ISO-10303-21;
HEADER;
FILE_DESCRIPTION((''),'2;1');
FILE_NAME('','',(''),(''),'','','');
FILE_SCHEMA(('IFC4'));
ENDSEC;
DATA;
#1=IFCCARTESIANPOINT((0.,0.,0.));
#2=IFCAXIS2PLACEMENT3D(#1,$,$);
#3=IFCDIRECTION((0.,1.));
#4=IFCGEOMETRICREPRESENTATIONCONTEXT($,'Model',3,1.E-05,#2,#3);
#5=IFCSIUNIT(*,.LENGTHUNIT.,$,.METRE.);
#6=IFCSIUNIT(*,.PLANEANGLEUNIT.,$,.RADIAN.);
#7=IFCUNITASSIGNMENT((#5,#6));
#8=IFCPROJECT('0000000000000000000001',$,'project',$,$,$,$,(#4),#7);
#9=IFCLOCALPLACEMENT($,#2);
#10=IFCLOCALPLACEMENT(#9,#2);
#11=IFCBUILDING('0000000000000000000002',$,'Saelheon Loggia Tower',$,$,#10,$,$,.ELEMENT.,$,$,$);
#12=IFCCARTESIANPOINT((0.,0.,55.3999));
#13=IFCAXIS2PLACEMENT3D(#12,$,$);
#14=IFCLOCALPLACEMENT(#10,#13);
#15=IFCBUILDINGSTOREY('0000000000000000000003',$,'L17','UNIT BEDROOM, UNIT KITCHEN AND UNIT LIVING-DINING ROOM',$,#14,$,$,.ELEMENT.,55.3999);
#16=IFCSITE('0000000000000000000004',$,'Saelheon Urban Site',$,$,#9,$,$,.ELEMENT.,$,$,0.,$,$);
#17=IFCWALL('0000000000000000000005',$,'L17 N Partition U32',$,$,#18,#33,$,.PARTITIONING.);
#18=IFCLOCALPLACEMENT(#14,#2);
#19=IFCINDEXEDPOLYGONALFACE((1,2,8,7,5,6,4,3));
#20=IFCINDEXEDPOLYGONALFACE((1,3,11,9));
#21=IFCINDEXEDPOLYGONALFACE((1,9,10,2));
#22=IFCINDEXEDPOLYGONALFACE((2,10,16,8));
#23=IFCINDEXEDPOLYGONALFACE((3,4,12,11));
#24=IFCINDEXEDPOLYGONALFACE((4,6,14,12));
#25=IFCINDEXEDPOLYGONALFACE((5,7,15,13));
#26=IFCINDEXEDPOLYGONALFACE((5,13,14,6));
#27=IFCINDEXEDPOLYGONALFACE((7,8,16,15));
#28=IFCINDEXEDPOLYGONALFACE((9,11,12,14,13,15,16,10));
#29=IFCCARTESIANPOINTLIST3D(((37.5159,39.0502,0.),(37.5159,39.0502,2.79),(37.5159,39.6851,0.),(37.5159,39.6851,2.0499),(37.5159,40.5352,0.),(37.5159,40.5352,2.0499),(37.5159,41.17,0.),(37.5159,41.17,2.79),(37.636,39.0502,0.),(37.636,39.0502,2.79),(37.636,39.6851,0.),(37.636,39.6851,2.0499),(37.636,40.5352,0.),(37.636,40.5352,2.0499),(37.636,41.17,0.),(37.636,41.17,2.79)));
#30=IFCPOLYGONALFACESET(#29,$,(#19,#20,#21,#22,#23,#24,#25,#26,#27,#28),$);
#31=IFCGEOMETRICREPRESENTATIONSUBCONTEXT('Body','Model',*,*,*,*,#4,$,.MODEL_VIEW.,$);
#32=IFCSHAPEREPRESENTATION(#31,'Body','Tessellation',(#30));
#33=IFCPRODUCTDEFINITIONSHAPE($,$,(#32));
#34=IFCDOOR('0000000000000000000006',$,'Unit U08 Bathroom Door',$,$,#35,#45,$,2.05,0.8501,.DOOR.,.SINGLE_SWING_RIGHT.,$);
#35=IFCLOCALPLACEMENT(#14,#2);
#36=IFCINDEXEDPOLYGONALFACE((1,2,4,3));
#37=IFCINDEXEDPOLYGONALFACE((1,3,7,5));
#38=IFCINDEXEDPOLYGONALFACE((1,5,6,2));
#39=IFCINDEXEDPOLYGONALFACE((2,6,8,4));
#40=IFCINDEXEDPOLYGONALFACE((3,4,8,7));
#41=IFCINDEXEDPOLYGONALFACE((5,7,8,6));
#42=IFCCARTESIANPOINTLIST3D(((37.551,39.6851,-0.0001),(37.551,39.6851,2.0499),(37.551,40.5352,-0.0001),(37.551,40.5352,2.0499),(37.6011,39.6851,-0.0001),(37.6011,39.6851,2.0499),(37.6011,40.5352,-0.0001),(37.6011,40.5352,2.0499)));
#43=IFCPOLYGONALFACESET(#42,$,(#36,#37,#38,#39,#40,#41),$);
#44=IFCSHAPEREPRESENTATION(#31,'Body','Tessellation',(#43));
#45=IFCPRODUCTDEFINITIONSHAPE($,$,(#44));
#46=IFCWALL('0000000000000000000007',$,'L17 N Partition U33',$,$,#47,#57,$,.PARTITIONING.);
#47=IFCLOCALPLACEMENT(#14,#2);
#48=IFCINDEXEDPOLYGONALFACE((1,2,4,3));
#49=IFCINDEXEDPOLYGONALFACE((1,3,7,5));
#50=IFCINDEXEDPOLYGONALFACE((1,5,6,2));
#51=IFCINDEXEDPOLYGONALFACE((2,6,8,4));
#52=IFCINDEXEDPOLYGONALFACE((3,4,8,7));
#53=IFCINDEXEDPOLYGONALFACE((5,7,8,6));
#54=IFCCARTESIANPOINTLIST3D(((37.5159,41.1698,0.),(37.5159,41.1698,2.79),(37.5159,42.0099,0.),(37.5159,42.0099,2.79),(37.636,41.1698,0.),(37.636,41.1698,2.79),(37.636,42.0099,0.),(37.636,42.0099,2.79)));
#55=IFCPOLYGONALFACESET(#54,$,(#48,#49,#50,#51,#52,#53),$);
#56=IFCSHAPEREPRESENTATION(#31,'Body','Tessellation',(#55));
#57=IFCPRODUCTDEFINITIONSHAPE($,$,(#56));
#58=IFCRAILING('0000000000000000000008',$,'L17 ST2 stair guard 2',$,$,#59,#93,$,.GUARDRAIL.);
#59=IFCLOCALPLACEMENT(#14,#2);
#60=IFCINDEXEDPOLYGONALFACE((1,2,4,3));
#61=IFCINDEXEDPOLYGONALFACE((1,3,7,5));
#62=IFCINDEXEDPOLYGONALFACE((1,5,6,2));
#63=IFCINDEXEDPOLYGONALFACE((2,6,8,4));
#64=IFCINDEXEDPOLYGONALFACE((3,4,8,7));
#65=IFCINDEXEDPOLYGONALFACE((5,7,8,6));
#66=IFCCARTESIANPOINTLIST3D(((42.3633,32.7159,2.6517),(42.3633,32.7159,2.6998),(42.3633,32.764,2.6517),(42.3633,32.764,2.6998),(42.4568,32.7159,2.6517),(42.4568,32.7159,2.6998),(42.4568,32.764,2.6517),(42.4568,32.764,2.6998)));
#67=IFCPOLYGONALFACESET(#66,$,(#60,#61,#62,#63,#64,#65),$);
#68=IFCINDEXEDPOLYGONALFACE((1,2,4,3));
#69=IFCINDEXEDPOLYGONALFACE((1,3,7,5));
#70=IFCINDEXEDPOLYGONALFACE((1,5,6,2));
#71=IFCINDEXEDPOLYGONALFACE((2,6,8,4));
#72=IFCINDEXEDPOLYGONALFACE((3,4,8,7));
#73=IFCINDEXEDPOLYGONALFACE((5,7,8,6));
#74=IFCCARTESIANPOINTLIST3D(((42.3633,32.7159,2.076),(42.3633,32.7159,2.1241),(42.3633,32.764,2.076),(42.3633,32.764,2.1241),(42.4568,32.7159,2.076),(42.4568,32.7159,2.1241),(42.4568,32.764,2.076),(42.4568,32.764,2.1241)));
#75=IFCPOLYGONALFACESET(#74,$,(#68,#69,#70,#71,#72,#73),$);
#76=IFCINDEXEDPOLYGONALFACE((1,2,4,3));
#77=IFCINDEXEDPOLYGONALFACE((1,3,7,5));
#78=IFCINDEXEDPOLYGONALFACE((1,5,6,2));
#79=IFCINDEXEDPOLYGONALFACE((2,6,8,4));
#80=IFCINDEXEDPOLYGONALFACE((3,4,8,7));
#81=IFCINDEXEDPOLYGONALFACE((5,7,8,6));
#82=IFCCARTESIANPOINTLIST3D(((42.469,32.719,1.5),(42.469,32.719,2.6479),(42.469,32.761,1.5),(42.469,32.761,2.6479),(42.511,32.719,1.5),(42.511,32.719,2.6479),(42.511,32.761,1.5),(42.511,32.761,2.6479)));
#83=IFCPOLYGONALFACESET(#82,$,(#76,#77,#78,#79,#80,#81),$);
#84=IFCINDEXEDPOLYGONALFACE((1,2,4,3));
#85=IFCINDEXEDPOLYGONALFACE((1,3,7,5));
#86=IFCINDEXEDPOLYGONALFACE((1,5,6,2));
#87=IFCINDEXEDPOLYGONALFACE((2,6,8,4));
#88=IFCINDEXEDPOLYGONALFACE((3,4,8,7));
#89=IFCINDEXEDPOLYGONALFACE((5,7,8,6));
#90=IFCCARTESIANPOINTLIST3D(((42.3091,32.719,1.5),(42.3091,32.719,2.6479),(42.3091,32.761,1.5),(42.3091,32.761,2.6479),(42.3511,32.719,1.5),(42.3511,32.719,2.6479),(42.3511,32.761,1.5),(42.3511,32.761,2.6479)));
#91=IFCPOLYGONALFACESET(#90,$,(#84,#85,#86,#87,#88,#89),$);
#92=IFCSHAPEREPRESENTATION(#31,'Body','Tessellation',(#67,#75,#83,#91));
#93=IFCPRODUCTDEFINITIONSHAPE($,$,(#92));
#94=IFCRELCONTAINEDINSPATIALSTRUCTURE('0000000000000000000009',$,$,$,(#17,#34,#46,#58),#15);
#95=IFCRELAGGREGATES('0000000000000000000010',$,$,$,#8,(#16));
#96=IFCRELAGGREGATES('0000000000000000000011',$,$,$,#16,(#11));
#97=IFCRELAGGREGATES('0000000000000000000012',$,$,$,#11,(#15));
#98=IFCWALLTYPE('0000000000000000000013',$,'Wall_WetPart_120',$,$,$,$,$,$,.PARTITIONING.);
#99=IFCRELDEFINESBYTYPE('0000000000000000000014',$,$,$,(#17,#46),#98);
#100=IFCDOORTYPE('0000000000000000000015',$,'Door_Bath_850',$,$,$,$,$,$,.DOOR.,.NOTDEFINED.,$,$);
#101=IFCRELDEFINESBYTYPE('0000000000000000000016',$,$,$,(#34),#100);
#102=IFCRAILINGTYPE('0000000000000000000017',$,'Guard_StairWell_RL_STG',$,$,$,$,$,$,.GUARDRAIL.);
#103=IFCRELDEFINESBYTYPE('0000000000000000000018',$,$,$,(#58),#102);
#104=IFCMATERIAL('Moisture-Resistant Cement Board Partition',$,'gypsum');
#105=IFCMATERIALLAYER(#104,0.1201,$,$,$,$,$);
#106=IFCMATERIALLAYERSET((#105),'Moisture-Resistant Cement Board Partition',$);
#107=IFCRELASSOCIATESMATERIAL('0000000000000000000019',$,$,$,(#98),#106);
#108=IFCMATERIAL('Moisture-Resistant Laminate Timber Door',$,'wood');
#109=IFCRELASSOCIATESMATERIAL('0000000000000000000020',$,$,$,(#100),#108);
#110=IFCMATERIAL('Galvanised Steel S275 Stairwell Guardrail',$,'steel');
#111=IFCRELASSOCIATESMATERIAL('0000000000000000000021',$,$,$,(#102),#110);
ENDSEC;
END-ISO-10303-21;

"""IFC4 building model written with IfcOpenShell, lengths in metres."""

from ifc_helpers import new_model, si_unit, direction, frame, frame_2d, origin, origin_2d, place, context, subcontext, project, spatial, rectangle, extrude, source, transform, mapped, material, layer, layer_set, type_object, element, fill, save


model = new_model("IFC4")

# Units and contexts
model_context = context("Model", 3, precision=1e-05, world=origin(), true_north=direction((0.0, 1.0)))
body_context = subcontext(model_context, "Body", "Model", "MODEL_VIEW")
ifc_project = project(units=[si_unit("LENGTHUNIT", "METRE"), si_unit("PLANEANGLEUNIT", "RADIAN")], contexts=[model_context])

# Site, building, storey
site_placement = place(None, origin())
site = spatial("IfcSite", under=ifc_project, at=site_placement, Name="Saelheon Urban Site", CompositionType="ELEMENT", RefElevation=0.0)
building_placement = place(site_placement, origin())
building = spatial("IfcBuilding", under=site, at=building_placement, Name="Saelheon Loggia Tower", CompositionType="ELEMENT")
storey_placement = place(building_placement, frame((0.0, 0.0, 55.3999)))
storey = spatial("IfcBuildingStorey", under=building, at=storey_placement, Name="L17", Description="UNIT BEDROOM, UNIT KITCHEN AND UNIT LIVING-DINING ROOM", CompositionType="ELEMENT", Elevation=55.3999)

# Shared definitions
ifc_material_1 = material(Name="Moisture-Resistant Cement Board Partition", Category="gypsum")
ifc_layer_1 = layer(ifc_material_1, 0.1201)
ifc_layer_set_1 = layer_set([ifc_layer_1], Name="Moisture-Resistant Cement Board Partition")
wall_type_1 = type_object("IfcWallType", Name="Wall_WetPart_120", PredefinedType="PARTITIONING", material=ifc_layer_set_1)

# Wall, opening, door
wall_1_placement = place(storey_placement, frame((37.5759, 39.05, 0.0), z_axis=(0.0, 0.0, 1.0), x_axis=(0.0, 1.0, 0.0)))
wall_1 = element("IfcWall", 1, at=wall_1_placement, inside=storey, type_object=wall_type_1, Name="L17 N Partition U32", PredefinedType="PARTITIONING", context=body_context, shape_type="SweptSolid", body=[
    extrude(rectangle(XDim=2.1199, YDim=0.1201, at=frame_2d((1.0601, 0.0))), origin(), (0.0, 0.0, 1.0), 2.79),
])
opening_1_placement = place(wall_1_placement, frame((0.635, 0.0, 0.0)))
opening_1 = element("IfcOpeningElement", 2, at=opening_1_placement, cuts=wall_1, PredefinedType="OPENING", context=body_context, shape_type="SweptSolid", body=[
    extrude(rectangle(XDim=0.8501, YDim=2.05, at=frame_2d((0.425, 1.0249))), frame((0.0, 0.072, 0.0), z_axis=(0.0, -1.0, 0.0), x_axis=(1.0, 0.0, 0.0)), (0.0, 0.0, 1.0), 0.144),
])
ifc_material_2 = material(Name="Moisture-Resistant Laminate Timber Door", Category="wood")
door_type_1 = type_object("IfcDoorType", Name="Door_Bath_850", OperationType="NOTDEFINED", PredefinedType="DOOR", material=ifc_material_2)
shared_shape_1 = source(origin(), body_context, "Body", "SweptSolid", [
    extrude(rectangle(XDim=0.8501, YDim=2.05, at=frame_2d((0.425, 1.0249))), frame((0.0, 0.0249, 0.0), z_axis=(0.0, -1.0, 0.0), x_axis=(1.0, 0.0, 0.0)), (0.0, 0.0, 1.0), 0.05),
])
door_1_placement = place(opening_1_placement, origin())
door_1 = element("IfcDoor", 3, at=door_1_placement, inside=storey, type_object=door_type_1, Name="Unit U08 Bathroom Door", OperationType="SINGLE_SWING_RIGHT", OverallHeight=2.05, OverallWidth=0.8501, PredefinedType="DOOR", context=body_context, shape_type="MappedRepresentation", body=[
    mapped(shared_shape_1, transform((0.0, 0.0, 0.0), scale=1.0)),
])
fill(opening_1, door_1)

# Wall
wall_2_placement = place(storey_placement, frame((37.5759, 41.1699, 0.0), z_axis=(0.0, 0.0, 1.0), x_axis=(0.0, 1.0, 0.0)))
element("IfcWall", 4, at=wall_2_placement, inside=storey, type_object=wall_type_1, Name="L17 N Partition U33", PredefinedType="PARTITIONING", context=body_context, shape_type="SweptSolid", body=[
    extrude(rectangle(XDim=0.8401, YDim=0.1201, at=frame_2d((0.4199, 0.0))), origin(), (0.0, 0.0, 1.0), 2.79),
])

# Railing
ifc_material_3 = material(Name="Galvanised Steel S275 Stairwell Guardrail", Category="steel")
railing_type = type_object("IfcRailingType", Name="Guard_StairWell_RL_STG", PredefinedType="GUARDRAIL", material=ifc_material_3)
railing_placement = place(storey_placement, frame((42.49, 32.74, 1.5)))
element("IfcRailing", 5, at=railing_placement, inside=storey, type_object=railing_type, Name="L17 ST2 stair guard 2", PredefinedType="GUARDRAIL", context=body_context, shape_type="SweptSolid", body=[
    extrude(rectangle(XDim=0.0481, YDim=0.0481, at=origin_2d()), frame((-0.0332, 0.0, 1.1758), z_axis=(-1.0, 0.0, 0.0), x_axis=(0.0, -1.0, 0.0)), (0.0, 0.0, 1.0), 0.0935),
    extrude(rectangle(XDim=0.0481, YDim=0.0481, at=origin_2d()), frame((-0.0332, 0.0, 0.6001), z_axis=(-1.0, 0.0, 0.0), x_axis=(0.0, -1.0, 0.0)), (0.0, 0.0, 1.0), 0.0935),
    extrude(rectangle(XDim=0.042, YDim=0.042, at=origin_2d()), origin(), (0.0, 0.0, 1.0), 1.1479),
    extrude(rectangle(XDim=0.042, YDim=0.042, at=origin_2d()), frame((-0.1599, 0.0, 0.0)), (0.0, 0.0, 1.0), 1.1479),
])

save(model, "model.ifc")
